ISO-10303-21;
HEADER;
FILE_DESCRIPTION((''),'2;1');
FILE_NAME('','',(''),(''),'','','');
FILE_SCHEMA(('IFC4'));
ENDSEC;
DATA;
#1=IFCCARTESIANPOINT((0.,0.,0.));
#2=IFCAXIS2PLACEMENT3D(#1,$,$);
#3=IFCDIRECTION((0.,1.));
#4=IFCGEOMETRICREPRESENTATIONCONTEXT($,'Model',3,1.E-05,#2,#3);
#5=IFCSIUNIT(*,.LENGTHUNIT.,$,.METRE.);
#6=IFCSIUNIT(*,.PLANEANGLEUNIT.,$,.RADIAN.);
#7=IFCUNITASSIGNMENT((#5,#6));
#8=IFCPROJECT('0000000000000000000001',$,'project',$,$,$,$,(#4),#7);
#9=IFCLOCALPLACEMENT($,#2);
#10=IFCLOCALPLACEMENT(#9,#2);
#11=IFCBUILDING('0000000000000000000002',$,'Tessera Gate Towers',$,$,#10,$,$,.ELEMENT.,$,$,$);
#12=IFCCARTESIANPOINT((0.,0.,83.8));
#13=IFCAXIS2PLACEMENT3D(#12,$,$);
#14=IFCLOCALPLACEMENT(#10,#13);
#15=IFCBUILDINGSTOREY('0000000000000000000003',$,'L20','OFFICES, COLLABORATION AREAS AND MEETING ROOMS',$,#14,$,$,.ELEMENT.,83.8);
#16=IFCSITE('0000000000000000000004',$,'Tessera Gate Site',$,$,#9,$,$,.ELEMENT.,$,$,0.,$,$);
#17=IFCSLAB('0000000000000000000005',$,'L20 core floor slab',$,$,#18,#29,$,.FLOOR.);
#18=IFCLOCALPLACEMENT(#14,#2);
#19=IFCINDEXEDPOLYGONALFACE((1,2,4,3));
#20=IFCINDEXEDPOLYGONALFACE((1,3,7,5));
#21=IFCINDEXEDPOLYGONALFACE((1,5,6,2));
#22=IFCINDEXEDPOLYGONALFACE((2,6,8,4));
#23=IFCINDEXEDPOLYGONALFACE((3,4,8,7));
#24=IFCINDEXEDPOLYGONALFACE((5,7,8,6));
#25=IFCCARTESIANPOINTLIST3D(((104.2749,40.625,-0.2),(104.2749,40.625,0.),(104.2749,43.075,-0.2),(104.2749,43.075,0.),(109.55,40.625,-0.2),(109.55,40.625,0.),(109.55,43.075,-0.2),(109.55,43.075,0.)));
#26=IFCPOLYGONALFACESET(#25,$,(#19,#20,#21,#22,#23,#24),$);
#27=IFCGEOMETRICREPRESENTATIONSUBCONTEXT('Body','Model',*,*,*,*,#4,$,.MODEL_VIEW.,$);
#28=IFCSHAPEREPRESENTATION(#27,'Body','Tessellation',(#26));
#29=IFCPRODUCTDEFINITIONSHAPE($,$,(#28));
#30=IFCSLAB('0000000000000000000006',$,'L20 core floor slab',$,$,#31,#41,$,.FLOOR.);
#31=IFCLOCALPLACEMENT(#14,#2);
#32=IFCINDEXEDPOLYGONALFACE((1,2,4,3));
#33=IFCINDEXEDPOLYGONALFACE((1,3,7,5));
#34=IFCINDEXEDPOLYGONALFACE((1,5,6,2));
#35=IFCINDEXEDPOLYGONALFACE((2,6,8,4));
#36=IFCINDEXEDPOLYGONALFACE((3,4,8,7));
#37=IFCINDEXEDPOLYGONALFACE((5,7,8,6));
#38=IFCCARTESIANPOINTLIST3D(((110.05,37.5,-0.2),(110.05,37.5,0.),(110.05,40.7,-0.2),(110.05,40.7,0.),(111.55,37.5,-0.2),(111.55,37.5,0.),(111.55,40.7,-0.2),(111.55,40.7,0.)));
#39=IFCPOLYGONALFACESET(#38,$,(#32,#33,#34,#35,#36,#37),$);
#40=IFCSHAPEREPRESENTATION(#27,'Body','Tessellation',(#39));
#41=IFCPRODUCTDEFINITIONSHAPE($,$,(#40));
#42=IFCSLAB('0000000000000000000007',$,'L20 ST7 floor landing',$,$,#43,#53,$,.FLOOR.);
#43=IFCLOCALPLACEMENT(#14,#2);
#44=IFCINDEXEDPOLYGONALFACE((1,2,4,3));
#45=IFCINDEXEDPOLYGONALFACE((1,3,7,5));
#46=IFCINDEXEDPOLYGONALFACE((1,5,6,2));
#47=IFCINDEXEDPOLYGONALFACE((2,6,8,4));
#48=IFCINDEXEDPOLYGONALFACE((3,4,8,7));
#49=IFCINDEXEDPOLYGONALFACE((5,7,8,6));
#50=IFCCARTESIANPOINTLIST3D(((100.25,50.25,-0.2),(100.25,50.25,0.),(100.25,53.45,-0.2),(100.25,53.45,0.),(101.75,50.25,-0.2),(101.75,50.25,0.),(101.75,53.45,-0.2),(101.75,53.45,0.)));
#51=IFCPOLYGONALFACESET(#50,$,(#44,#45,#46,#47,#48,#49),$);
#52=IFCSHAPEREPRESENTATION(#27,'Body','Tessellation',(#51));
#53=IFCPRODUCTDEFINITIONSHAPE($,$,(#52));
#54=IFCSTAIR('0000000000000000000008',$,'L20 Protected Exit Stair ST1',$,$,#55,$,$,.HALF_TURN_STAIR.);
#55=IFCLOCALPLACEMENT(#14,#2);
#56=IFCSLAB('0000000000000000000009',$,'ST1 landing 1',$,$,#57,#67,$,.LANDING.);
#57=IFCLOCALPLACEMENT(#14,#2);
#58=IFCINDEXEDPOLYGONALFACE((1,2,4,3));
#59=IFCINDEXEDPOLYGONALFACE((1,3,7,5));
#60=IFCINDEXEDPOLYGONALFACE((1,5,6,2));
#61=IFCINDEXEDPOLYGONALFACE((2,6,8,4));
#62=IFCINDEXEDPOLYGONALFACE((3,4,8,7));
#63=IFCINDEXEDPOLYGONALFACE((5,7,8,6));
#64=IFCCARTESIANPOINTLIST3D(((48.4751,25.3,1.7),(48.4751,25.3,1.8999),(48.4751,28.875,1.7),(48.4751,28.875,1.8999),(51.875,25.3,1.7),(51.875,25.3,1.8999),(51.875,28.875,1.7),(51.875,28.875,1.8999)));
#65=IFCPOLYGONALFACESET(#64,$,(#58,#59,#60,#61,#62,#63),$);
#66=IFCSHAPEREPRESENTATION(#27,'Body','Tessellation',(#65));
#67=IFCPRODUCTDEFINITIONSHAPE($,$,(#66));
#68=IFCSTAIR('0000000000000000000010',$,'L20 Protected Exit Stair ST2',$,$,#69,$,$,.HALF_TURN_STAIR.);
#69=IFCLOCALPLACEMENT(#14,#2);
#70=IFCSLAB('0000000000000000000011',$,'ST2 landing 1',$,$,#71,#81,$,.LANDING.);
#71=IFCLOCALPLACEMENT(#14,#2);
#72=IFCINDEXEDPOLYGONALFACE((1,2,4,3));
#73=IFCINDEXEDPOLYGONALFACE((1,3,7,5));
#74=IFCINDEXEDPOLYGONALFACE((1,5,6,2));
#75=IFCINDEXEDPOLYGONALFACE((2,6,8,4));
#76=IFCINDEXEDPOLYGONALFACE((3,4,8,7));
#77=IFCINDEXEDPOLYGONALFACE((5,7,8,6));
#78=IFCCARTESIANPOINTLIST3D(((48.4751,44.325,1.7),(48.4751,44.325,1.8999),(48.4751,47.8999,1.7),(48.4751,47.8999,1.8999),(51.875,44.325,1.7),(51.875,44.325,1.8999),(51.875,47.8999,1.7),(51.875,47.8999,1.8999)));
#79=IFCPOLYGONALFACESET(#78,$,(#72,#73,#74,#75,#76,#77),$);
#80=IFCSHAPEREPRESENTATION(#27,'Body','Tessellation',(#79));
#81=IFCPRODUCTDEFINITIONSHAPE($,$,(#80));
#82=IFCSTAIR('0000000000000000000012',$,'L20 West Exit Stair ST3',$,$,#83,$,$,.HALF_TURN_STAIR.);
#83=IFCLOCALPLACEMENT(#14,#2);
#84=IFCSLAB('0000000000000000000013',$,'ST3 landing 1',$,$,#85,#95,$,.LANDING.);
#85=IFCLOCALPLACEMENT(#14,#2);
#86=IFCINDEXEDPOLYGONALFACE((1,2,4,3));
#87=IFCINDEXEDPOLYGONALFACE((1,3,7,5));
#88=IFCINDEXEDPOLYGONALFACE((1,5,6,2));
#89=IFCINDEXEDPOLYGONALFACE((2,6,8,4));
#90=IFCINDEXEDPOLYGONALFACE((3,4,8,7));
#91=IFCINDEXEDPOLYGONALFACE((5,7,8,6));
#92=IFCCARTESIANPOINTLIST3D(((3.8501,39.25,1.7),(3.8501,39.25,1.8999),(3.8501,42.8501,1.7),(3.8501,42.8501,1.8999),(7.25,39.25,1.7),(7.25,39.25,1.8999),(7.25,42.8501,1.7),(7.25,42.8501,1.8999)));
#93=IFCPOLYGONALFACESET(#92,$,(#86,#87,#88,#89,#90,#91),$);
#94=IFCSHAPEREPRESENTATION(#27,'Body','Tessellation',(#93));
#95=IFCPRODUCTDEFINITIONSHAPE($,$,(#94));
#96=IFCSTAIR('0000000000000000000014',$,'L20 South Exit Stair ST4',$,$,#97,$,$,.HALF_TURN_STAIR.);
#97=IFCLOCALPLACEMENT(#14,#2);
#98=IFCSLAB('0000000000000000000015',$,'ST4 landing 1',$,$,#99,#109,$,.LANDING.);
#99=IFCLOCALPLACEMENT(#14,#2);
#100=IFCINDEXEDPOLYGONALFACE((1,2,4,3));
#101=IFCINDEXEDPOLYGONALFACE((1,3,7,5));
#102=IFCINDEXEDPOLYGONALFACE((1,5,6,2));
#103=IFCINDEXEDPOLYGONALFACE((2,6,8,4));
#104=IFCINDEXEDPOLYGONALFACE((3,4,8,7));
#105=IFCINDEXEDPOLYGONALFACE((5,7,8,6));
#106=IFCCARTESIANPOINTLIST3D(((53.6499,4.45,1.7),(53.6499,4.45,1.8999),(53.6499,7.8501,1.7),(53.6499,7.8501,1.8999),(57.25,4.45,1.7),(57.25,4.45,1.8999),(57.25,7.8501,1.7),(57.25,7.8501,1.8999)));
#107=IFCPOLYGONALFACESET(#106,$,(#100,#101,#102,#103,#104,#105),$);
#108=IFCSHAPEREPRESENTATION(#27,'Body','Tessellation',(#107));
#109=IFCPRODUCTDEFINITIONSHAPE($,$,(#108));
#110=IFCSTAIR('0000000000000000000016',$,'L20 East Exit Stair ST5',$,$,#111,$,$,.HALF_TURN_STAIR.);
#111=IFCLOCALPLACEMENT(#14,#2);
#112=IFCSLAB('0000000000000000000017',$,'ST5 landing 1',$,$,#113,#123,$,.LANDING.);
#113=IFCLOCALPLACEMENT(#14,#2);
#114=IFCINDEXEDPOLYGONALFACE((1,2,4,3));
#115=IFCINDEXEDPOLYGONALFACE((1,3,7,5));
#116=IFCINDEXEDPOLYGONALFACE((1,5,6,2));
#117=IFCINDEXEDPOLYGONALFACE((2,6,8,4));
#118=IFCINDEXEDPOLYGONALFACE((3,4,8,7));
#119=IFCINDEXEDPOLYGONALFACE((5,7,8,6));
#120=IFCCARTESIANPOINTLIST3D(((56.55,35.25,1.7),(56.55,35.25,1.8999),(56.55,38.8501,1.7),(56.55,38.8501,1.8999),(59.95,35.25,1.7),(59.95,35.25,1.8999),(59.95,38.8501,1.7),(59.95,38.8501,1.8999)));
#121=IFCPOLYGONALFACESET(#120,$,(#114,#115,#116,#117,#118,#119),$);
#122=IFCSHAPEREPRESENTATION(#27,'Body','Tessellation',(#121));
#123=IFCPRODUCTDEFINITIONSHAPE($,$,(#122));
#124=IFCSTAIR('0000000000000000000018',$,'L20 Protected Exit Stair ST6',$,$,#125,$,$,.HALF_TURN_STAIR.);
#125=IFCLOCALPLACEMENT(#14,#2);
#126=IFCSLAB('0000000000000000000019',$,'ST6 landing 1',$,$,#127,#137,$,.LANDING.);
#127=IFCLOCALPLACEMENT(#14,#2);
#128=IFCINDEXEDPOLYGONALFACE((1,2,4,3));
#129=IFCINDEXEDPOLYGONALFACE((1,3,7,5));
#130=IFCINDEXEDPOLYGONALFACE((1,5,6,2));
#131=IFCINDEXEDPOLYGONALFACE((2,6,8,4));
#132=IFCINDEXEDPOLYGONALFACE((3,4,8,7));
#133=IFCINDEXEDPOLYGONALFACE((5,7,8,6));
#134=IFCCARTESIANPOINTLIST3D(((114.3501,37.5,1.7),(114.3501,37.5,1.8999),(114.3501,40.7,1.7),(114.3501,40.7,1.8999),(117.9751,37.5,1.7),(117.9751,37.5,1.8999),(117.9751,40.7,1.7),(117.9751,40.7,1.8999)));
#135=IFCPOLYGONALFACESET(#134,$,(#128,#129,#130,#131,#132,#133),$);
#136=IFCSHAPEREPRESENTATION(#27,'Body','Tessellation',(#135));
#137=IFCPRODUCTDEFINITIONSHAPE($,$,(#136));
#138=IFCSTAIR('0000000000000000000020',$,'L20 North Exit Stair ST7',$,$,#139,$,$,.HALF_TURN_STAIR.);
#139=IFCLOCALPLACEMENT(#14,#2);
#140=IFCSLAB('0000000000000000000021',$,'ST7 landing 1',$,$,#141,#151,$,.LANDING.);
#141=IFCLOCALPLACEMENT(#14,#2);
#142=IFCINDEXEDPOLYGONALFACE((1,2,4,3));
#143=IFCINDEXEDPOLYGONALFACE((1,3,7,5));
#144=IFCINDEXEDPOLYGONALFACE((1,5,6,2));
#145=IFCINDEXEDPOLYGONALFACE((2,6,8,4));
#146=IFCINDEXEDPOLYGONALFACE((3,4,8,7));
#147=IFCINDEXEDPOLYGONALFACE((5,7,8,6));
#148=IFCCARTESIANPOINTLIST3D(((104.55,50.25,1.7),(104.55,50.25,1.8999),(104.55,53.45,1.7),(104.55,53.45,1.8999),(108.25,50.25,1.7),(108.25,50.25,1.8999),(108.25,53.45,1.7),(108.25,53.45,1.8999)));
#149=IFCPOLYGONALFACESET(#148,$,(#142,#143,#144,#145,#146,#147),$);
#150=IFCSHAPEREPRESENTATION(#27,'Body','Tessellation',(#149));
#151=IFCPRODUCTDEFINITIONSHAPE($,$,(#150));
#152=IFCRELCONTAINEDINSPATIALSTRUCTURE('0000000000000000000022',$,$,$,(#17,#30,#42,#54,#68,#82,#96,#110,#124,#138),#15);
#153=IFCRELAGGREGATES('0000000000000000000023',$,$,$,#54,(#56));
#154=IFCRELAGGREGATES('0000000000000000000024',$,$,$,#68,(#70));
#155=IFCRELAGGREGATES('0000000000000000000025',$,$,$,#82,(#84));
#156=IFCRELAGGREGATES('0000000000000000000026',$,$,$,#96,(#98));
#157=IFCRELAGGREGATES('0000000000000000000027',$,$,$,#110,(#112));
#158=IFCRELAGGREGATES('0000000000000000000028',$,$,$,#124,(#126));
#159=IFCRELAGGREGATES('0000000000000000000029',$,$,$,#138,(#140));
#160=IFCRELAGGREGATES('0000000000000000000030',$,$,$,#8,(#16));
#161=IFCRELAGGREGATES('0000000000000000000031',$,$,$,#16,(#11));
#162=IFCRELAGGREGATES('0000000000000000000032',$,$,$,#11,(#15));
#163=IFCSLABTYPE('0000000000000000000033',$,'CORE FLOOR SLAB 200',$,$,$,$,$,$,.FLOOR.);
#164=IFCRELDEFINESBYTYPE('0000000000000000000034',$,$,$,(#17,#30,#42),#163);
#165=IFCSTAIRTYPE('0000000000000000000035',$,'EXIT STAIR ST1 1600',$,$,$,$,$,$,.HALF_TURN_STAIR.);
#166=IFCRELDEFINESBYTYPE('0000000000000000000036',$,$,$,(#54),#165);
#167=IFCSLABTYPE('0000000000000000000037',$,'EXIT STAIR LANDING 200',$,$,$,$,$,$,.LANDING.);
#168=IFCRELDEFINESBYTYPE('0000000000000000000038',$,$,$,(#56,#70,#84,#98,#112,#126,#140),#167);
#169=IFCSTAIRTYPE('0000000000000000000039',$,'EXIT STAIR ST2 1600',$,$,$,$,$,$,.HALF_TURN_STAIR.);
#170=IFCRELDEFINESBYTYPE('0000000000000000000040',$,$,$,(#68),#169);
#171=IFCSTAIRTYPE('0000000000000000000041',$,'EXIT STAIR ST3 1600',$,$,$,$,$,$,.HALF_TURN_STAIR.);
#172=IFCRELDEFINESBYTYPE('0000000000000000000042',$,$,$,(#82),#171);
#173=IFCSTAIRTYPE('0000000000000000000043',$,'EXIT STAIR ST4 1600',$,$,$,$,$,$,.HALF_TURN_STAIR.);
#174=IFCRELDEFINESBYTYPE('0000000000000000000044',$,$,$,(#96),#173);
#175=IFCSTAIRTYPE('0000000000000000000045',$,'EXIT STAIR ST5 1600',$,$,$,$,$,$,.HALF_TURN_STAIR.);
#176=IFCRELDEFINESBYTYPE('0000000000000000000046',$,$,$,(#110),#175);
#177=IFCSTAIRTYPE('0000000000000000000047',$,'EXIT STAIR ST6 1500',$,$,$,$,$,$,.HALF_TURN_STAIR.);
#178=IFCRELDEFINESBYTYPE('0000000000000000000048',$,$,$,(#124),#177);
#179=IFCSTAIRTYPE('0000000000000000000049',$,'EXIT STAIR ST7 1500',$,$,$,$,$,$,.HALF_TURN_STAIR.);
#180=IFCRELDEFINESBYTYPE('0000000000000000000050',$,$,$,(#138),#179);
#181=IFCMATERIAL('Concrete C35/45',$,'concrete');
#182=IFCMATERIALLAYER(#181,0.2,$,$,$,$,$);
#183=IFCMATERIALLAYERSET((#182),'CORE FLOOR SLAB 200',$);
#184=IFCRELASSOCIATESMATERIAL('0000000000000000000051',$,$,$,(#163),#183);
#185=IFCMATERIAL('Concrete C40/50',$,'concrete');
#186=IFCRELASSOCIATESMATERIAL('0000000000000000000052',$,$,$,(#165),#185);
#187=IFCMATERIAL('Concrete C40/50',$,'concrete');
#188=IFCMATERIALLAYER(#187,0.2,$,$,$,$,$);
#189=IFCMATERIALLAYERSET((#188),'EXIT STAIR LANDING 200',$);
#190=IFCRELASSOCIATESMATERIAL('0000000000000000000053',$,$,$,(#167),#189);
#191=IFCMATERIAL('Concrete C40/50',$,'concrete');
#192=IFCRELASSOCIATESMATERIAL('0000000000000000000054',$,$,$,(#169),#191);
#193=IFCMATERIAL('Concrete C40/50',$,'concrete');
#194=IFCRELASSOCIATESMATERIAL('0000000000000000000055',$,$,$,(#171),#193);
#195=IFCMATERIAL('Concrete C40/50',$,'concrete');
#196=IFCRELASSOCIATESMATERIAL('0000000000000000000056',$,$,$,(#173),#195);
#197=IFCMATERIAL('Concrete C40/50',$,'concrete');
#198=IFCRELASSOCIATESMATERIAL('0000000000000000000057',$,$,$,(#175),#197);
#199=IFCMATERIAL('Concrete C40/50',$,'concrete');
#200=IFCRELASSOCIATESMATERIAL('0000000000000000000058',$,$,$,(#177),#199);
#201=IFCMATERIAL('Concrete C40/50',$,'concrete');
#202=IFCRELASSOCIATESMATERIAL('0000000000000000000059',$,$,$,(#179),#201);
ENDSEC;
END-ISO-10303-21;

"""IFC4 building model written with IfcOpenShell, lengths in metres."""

from ifc_helpers import new_model, si_unit, direction, frame, origin, place, context, subcontext, project, spatial, polyline, outline, extrude, material, layer, layer_set, type_object, element, aggregate, save


model = new_model("IFC4")

# Units and contexts
model_context = context("Model", 3, precision=1e-05, world=origin(), true_north=direction((0.0, 1.0)))
body_context = subcontext(model_context, "Body", "Model", "MODEL_VIEW")
ifc_project = project(units=[si_unit("LENGTHUNIT", "METRE"), si_unit("PLANEANGLEUNIT", "RADIAN")], contexts=[model_context])

# Site, building, storey
site_placement = place(None, origin())
site = spatial("IfcSite", under=ifc_project, at=site_placement, Name="Tessera Gate Site", CompositionType="ELEMENT", RefElevation=0.0)
building_placement = place(site_placement, origin())
building = spatial("IfcBuilding", under=site, at=building_placement, Name="Tessera Gate Towers", CompositionType="ELEMENT")
storey_placement = place(building_placement, frame((0.0, 0.0, 83.8)))
storey = spatial("IfcBuildingStorey", under=building, at=storey_placement, Name="L20", Description="OFFICES, COLLABORATION AREAS AND MEETING ROOMS", CompositionType="ELEMENT", Elevation=83.8)

# Slabs
ifc_material_1 = material(Name="Concrete C35/45", Category="concrete")
ifc_layer_1 = layer(ifc_material_1, 0.2)
ifc_layer_set_1 = layer_set([ifc_layer_1], Name="CORE FLOOR SLAB 200")
slab_type_1 = type_object("IfcSlabType", Name="CORE FLOOR SLAB 200", PredefinedType="FLOOR", material=ifc_layer_set_1)
slab_1_placement = place(storey_placement, frame((0.0, 0.0, -0.2)))
element("IfcSlab", 1, at=slab_1_placement, inside=storey, type_object=slab_type_1, Name="L20 core floor slab", PredefinedType="FLOOR", context=body_context, shape_type="SweptSolid", body=[
    extrude(outline(polyline([(109.55, 43.075), (104.2749, 43.075), (104.2749, 40.625), (109.55, 40.625), (109.55, 43.075)])), origin(), (0.0, 0.0, 1.0), 0.2),
])
slab_2_placement = place(storey_placement, frame((0.0, 0.0, -0.2)))
element("IfcSlab", 2, at=slab_2_placement, inside=storey, type_object=slab_type_1, Name="L20 core floor slab", PredefinedType="FLOOR", context=body_context, shape_type="SweptSolid", body=[
    extrude(outline(polyline([(111.55, 37.5), (111.55, 40.7), (110.05, 40.7), (110.05, 37.5), (111.55, 37.5)])), origin(), (0.0, 0.0, 1.0), 0.2),
])
slab_3_placement = place(storey_placement, frame((0.0, 0.0, -0.2)))
element("IfcSlab", 3, at=slab_3_placement, inside=storey, type_object=slab_type_1, Name="L20 ST7 floor landing", PredefinedType="FLOOR", context=body_context, shape_type="SweptSolid", body=[
    extrude(outline(polyline([(100.25, 50.25), (101.75, 50.25), (101.75, 53.45), (100.25, 53.45), (100.25, 50.25)])), origin(), (0.0, 0.0, 1.0), 0.2),
])

# Stairs, slabs
ifc_material_2 = material(Name="Concrete C40/50", Category="concrete")
stair_type_1 = type_object("IfcStairType", Name="EXIT STAIR ST1 1600", PredefinedType="HALF_TURN_STAIR", material=ifc_material_2)
stair_1_placement = place(storey_placement, origin())
stair_1 = element("IfcStair", 4, at=stair_1_placement, inside=storey, type_object=stair_type_1, Name="L20 Protected Exit Stair ST1", PredefinedType="HALF_TURN_STAIR")
ifc_material_3 = material(Name="Concrete C40/50", Category="concrete")
ifc_layer_2 = layer(ifc_material_3, 0.2)
ifc_layer_set_2 = layer_set([ifc_layer_2], Name="EXIT STAIR LANDING 200")
slab_type_2 = type_object("IfcSlabType", Name="EXIT STAIR LANDING 200", PredefinedType="LANDING", material=ifc_layer_set_2)
slab_4_placement = place(storey_placement, frame((0.0, 0.0, 1.7)))
slab_4 = element("IfcSlab", 5, at=slab_4_placement, type_object=slab_type_2, Name="ST1 landing 1", PredefinedType="LANDING", context=body_context, shape_type="SweptSolid", body=[
    extrude(outline(polyline([(48.4751, 28.875), (48.4751, 25.3), (51.875, 25.3), (51.875, 28.875), (48.4751, 28.875)])), origin(), (0.0, 0.0, 1.0), 0.2),
])
aggregate(stair_1, [slab_4])
ifc_material_4 = material(Name="Concrete C40/50", Category="concrete")
stair_type_2 = type_object("IfcStairType", Name="EXIT STAIR ST2 1600", PredefinedType="HALF_TURN_STAIR", material=ifc_material_4)
stair_2_placement = place(storey_placement, origin())
stair_2 = element("IfcStair", 6, at=stair_2_placement, inside=storey, type_object=stair_type_2, Name="L20 Protected Exit Stair ST2", PredefinedType="HALF_TURN_STAIR")
slab_5_placement = place(storey_placement, frame((0.0, 0.0, 1.7)))
slab_5 = element("IfcSlab", 7, at=slab_5_placement, type_object=slab_type_2, Name="ST2 landing 1", PredefinedType="LANDING", context=body_context, shape_type="SweptSolid", body=[
    extrude(outline(polyline([(51.875, 44.325), (51.875, 47.8999), (48.4751, 47.8999), (48.4751, 44.325), (51.875, 44.325)])), origin(), (0.0, 0.0, 1.0), 0.2),
])
aggregate(stair_2, [slab_5])
ifc_material_5 = material(Name="Concrete C40/50", Category="concrete")
stair_type_3 = type_object("IfcStairType", Name="EXIT STAIR ST3 1600", PredefinedType="HALF_TURN_STAIR", material=ifc_material_5)
stair_3_placement = place(storey_placement, origin())
stair_3 = element("IfcStair", 8, at=stair_3_placement, inside=storey, type_object=stair_type_3, Name="L20 West Exit Stair ST3", PredefinedType="HALF_TURN_STAIR")
slab_6_placement = place(storey_placement, frame((0.0, 0.0, 1.7)))
slab_6 = element("IfcSlab", 9, at=slab_6_placement, type_object=slab_type_2, Name="ST3 landing 1", PredefinedType="LANDING", context=body_context, shape_type="SweptSolid", body=[
    extrude(outline(polyline([(3.8501, 42.8501), (3.8501, 39.25), (7.25, 39.25), (7.25, 42.8501), (3.8501, 42.8501)])), origin(), (0.0, 0.0, 1.0), 0.2),
])
aggregate(stair_3, [slab_6])
ifc_material_6 = material(Name="Concrete C40/50", Category="concrete")
stair_type_4 = type_object("IfcStairType", Name="EXIT STAIR ST4 1600", PredefinedType="HALF_TURN_STAIR", material=ifc_material_6)
stair_4_placement = place(storey_placement, origin())
stair_4 = element("IfcStair", 10, at=stair_4_placement, inside=storey, type_object=stair_type_4, Name="L20 South Exit Stair ST4", PredefinedType="HALF_TURN_STAIR")
slab_7_placement = place(storey_placement, frame((0.0, 0.0, 1.7)))
slab_7 = element("IfcSlab", 11, at=slab_7_placement, type_object=slab_type_2, Name="ST4 landing 1", PredefinedType="LANDING", context=body_context, shape_type="SweptSolid", body=[
    extrude(outline(polyline([(53.6499, 4.45), (57.25, 4.45), (57.25, 7.8501), (53.6499, 7.8501), (53.6499, 4.45)])), origin(), (0.0, 0.0, 1.0), 0.2),
])
aggregate(stair_4, [slab_7])
ifc_material_7 = material(Name="Concrete C40/50", Category="concrete")
stair_type_5 = type_object("IfcStairType", Name="EXIT STAIR ST5 1600", PredefinedType="HALF_TURN_STAIR", material=ifc_material_7)
stair_5_placement = place(storey_placement, origin())
stair_5 = element("IfcStair", 12, at=stair_5_placement, inside=storey, type_object=stair_type_5, Name="L20 East Exit Stair ST5", PredefinedType="HALF_TURN_STAIR")
slab_8_placement = place(storey_placement, frame((0.0, 0.0, 1.7)))
slab_8 = element("IfcSlab", 13, at=slab_8_placement, type_object=slab_type_2, Name="ST5 landing 1", PredefinedType="LANDING", context=body_context, shape_type="SweptSolid", body=[
    extrude(outline(polyline([(59.95, 35.25), (59.95, 38.8501), (56.55, 38.8501), (56.55, 35.25), (59.95, 35.25)])), origin(), (0.0, 0.0, 1.0), 0.2),
])
aggregate(stair_5, [slab_8])
ifc_material_8 = material(Name="Concrete C40/50", Category="concrete")
stair_type_6 = type_object("IfcStairType", Name="EXIT STAIR ST6 1500", PredefinedType="HALF_TURN_STAIR", material=ifc_material_8)
stair_6_placement = place(storey_placement, origin())
stair_6 = element("IfcStair", 14, at=stair_6_placement, inside=storey, type_object=stair_type_6, Name="L20 Protected Exit Stair ST6", PredefinedType="HALF_TURN_STAIR")
slab_9_placement = place(storey_placement, frame((0.0, 0.0, 1.7)))
slab_9 = element("IfcSlab", 15, at=slab_9_placement, type_object=slab_type_2, Name="ST6 landing 1", PredefinedType="LANDING", context=body_context, shape_type="SweptSolid", body=[
    extrude(outline(polyline([(114.3501, 37.5), (117.9751, 37.5), (117.9751, 40.7), (114.3501, 40.7), (114.3501, 37.5)])), origin(), (0.0, 0.0, 1.0), 0.2),
])
aggregate(stair_6, [slab_9])
ifc_material_9 = material(Name="Concrete C40/50", Category="concrete")
stair_type_7 = type_object("IfcStairType", Name="EXIT STAIR ST7 1500", PredefinedType="HALF_TURN_STAIR", material=ifc_material_9)
stair_7_placement = place(storey_placement, origin())
stair_7 = element("IfcStair", 16, at=stair_7_placement, inside=storey, type_object=stair_type_7, Name="L20 North Exit Stair ST7", PredefinedType="HALF_TURN_STAIR")
slab_10_placement = place(storey_placement, frame((0.0, 0.0, 1.7)))
slab_10 = element("IfcSlab", 17, at=slab_10_placement, type_object=slab_type_2, Name="ST7 landing 1", PredefinedType="LANDING", context=body_context, shape_type="SweptSolid", body=[
    extrude(outline(polyline([(104.55, 50.25), (108.25, 50.25), (108.25, 53.45), (104.55, 53.45), (104.55, 50.25)])), origin(), (0.0, 0.0, 1.0), 0.2),
])
aggregate(stair_7, [slab_10])

save(model, "model.ifc")
